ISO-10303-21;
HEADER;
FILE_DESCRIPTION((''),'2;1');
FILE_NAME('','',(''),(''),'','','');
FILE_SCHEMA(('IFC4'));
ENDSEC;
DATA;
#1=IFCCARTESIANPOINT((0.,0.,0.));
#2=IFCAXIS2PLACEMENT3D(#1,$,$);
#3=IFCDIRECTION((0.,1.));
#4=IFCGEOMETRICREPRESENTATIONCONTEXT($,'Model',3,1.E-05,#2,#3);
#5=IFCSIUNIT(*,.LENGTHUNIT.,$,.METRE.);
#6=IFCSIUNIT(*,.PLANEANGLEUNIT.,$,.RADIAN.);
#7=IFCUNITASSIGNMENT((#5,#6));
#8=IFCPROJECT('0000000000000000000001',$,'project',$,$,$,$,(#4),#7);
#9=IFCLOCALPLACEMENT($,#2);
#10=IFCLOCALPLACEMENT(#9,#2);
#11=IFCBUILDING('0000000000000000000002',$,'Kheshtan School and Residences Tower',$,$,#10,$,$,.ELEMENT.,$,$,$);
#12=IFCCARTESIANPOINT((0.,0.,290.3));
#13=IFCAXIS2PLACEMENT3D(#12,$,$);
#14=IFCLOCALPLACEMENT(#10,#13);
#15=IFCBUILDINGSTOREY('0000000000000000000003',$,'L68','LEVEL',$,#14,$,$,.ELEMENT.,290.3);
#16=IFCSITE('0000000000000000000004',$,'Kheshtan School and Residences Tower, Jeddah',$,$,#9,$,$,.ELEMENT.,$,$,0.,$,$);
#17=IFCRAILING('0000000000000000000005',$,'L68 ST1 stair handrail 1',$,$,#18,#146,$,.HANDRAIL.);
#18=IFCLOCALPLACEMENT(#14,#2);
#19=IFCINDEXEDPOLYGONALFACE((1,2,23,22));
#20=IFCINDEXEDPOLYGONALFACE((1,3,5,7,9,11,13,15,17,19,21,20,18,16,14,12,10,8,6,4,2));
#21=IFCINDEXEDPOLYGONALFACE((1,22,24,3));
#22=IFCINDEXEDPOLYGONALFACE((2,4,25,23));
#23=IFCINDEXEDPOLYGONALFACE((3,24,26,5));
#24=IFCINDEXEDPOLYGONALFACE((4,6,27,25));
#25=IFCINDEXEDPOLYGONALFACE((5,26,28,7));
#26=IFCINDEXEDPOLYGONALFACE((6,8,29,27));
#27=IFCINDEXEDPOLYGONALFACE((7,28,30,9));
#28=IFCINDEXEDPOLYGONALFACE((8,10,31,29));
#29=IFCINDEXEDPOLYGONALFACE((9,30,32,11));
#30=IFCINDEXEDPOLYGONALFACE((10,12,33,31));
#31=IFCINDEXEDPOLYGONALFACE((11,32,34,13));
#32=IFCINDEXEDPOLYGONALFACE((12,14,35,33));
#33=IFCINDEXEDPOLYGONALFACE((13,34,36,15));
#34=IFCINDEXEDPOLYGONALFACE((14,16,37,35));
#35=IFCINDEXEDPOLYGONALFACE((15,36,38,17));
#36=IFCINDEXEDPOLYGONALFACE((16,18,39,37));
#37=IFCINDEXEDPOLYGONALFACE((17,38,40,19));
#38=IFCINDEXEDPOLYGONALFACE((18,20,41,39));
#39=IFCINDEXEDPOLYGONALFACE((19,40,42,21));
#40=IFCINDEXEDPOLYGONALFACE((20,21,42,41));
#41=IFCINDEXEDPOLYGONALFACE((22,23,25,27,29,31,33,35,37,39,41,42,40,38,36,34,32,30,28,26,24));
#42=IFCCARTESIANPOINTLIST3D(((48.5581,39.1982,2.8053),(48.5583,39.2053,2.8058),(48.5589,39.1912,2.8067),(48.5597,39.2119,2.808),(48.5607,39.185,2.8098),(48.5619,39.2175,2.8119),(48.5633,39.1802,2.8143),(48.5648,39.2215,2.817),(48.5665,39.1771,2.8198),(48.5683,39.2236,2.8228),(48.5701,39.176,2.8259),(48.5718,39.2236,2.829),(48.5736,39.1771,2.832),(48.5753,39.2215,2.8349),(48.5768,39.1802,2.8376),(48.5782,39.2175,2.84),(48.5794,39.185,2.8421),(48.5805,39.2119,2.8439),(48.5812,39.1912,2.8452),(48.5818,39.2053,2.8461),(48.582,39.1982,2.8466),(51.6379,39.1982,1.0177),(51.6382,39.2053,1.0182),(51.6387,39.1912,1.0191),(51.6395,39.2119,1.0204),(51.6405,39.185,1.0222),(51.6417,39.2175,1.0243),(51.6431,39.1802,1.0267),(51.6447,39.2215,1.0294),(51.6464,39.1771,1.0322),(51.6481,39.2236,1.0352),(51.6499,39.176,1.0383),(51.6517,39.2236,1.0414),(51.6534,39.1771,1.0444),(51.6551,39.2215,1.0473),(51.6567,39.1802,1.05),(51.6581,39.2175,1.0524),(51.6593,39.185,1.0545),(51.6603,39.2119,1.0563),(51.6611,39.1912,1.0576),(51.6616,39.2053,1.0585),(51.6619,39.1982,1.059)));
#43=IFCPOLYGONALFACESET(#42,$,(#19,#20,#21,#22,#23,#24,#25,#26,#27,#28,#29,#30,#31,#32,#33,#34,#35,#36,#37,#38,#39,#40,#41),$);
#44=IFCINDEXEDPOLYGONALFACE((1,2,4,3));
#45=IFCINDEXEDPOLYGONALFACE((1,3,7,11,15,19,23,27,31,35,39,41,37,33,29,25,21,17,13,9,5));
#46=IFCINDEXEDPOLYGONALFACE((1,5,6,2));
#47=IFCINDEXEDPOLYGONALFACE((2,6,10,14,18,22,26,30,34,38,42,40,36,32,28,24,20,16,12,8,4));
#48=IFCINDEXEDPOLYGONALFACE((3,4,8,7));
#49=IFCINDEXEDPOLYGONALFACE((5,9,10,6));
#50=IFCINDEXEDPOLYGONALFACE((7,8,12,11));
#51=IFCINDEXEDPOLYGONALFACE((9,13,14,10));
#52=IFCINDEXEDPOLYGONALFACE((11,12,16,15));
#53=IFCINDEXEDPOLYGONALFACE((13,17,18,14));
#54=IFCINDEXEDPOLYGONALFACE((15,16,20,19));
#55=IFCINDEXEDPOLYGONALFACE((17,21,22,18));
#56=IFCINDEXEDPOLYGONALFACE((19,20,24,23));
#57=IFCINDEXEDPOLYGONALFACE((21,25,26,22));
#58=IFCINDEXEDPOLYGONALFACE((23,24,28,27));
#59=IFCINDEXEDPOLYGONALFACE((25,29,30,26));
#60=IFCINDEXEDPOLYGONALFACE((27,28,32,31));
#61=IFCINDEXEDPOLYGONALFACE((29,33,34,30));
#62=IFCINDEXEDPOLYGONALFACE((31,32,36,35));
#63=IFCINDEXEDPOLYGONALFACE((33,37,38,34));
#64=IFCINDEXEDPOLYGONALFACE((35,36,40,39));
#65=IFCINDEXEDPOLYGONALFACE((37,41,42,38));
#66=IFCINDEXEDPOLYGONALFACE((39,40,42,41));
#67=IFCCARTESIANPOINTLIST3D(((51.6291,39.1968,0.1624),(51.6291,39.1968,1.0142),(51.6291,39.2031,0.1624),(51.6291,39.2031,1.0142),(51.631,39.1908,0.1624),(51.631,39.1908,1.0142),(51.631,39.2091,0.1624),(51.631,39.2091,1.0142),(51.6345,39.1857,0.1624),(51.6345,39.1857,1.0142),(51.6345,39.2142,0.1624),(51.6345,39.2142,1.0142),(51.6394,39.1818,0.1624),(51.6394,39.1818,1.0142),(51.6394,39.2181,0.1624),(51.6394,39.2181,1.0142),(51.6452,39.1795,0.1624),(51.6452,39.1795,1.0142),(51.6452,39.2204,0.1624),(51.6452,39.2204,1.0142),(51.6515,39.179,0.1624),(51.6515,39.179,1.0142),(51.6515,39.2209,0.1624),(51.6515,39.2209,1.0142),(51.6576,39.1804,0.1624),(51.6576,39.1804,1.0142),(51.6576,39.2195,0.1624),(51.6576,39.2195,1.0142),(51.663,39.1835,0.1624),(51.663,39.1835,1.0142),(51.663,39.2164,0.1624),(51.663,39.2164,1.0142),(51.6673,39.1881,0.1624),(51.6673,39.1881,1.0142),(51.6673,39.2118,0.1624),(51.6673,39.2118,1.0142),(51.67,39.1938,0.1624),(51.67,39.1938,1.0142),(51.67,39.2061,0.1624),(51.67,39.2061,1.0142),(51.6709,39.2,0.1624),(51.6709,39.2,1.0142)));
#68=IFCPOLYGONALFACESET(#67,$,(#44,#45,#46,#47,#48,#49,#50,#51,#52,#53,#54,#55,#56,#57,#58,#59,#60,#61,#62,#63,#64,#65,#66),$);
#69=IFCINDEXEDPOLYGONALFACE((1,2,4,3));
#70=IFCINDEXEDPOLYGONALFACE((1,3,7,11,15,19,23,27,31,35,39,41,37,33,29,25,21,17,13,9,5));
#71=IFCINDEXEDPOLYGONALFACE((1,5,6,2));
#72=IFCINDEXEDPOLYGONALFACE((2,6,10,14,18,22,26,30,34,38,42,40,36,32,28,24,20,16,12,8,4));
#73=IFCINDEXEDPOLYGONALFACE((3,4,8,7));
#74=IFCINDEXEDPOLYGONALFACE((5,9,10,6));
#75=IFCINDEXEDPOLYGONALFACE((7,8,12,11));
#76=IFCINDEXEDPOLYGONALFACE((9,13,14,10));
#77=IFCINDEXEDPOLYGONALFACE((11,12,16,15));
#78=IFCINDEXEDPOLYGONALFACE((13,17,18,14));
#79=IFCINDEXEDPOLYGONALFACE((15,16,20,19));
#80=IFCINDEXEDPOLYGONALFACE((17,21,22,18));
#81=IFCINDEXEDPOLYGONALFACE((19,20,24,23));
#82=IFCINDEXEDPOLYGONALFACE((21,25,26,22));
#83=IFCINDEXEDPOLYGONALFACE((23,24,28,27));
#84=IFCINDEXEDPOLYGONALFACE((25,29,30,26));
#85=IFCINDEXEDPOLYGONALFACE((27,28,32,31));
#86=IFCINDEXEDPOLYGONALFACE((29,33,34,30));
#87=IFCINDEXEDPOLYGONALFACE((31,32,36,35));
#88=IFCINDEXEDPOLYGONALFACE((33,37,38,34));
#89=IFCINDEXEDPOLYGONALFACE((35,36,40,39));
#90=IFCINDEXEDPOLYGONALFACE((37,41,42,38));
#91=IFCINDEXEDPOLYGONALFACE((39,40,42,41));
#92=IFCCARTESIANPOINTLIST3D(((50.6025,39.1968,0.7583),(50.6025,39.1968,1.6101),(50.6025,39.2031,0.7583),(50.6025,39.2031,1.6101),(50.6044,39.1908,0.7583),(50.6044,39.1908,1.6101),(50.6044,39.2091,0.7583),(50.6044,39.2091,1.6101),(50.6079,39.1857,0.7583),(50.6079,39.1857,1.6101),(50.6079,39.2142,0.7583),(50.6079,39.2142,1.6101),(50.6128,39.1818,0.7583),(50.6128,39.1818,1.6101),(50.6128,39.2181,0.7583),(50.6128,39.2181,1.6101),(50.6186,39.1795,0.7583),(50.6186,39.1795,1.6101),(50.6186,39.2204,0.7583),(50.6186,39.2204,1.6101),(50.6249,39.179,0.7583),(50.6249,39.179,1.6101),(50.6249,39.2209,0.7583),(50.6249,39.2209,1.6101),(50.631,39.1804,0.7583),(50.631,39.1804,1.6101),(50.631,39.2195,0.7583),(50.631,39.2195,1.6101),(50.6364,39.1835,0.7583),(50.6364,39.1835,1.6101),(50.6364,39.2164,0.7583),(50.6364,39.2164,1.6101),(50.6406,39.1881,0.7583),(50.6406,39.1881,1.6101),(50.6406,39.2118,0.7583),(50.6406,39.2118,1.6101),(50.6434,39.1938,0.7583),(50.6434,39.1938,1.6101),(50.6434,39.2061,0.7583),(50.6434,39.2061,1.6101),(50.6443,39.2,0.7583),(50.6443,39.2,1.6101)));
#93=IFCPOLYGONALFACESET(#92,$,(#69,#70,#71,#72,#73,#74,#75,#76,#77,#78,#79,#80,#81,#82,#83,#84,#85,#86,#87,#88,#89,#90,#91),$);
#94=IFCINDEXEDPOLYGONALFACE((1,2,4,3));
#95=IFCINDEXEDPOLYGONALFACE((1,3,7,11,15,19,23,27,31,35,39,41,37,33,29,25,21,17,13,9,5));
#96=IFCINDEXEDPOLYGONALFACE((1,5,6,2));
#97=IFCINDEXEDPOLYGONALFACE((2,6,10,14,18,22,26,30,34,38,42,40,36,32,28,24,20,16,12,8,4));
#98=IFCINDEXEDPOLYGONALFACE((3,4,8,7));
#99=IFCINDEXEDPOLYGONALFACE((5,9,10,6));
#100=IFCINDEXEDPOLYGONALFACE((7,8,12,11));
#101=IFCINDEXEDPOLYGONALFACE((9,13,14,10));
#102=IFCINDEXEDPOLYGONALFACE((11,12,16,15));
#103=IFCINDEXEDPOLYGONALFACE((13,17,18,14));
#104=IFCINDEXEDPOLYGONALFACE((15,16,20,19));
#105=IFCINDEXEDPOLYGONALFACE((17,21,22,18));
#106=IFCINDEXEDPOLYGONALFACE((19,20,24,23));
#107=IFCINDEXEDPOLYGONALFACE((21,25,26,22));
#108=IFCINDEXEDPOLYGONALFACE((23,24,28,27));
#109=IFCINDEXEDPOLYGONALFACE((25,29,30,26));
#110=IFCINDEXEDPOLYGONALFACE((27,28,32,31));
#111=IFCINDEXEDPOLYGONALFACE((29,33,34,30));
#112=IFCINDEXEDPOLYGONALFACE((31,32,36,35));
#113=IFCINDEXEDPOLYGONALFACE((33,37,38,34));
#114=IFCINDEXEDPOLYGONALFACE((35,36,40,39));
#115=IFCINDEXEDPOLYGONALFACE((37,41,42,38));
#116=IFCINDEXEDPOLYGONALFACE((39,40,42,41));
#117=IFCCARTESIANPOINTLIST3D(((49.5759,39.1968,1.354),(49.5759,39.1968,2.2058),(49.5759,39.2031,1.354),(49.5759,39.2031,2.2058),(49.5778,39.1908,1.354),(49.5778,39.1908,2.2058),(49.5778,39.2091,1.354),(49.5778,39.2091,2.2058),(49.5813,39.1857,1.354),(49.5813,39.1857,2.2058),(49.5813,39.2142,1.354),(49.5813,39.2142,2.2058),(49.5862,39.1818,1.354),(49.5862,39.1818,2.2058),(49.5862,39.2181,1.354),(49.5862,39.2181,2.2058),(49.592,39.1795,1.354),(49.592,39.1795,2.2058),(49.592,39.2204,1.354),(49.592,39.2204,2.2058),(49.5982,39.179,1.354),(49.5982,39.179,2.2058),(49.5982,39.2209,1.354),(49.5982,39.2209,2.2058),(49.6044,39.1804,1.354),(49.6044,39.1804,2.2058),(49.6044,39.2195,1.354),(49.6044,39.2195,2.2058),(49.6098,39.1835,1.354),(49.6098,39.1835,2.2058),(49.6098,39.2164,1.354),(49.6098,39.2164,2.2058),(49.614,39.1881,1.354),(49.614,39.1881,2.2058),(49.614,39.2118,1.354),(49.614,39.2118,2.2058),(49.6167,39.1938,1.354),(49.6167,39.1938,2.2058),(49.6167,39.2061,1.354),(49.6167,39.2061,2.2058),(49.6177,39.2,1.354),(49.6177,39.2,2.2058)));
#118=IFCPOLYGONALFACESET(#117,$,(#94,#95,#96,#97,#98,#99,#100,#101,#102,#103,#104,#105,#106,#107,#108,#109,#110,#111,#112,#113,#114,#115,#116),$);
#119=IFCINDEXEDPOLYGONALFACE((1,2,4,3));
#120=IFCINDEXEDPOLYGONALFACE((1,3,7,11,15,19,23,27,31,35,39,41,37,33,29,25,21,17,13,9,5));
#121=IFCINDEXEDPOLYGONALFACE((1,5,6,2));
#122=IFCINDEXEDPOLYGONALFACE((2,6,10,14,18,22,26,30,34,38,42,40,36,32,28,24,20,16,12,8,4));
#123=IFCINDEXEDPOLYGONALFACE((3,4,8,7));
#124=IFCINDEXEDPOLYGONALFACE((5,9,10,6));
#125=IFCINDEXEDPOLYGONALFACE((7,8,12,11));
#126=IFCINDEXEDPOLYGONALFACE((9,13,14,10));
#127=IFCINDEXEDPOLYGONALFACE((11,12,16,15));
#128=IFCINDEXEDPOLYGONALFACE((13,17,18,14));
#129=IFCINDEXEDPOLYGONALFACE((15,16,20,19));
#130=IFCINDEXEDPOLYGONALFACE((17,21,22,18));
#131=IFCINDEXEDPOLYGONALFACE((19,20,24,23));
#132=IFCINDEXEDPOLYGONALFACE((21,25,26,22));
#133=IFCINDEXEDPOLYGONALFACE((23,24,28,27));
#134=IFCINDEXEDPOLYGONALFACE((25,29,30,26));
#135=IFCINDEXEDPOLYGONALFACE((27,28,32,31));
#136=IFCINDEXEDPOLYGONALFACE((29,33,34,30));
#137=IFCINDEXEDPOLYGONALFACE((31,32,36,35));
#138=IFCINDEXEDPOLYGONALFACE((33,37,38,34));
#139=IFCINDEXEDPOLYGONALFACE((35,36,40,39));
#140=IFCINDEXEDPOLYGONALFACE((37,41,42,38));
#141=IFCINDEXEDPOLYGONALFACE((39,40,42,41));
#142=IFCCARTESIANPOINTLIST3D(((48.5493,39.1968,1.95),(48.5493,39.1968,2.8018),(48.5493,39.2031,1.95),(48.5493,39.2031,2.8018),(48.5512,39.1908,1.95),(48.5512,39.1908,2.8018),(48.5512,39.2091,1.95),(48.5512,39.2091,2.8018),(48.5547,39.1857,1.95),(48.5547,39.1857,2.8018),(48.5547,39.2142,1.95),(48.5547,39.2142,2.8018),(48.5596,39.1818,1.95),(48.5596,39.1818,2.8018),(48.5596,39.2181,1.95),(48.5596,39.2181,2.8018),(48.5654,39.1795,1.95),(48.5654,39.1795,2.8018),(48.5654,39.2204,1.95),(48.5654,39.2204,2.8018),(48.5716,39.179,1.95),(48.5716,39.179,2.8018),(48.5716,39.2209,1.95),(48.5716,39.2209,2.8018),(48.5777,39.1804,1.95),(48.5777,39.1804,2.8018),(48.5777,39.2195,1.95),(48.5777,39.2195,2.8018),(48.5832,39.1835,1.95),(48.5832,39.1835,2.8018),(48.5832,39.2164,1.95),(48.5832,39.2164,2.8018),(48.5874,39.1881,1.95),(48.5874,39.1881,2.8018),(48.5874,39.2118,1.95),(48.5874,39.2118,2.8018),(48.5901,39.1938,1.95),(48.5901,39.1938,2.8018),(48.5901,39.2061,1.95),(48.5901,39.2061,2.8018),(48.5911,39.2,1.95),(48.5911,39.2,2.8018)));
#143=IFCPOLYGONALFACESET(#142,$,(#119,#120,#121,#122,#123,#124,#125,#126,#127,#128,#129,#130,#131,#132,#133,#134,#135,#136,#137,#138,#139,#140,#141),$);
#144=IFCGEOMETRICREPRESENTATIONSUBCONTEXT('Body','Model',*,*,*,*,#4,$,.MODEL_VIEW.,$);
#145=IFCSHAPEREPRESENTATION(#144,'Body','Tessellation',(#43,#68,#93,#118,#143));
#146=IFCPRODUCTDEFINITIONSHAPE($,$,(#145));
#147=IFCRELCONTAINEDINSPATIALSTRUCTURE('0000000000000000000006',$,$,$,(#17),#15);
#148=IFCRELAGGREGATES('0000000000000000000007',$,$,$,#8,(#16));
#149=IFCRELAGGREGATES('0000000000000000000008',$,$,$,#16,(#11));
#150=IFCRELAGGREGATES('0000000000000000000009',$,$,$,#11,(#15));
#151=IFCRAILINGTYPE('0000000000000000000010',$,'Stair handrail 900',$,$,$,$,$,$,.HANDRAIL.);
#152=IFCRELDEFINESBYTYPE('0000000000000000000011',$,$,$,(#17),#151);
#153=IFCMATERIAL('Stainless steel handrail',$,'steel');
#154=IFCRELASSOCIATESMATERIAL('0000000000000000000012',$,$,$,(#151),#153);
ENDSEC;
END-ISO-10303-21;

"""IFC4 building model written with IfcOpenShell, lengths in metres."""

from ifc_helpers import new_model, si_unit, direction, frame, origin, origin_2d, place, context, subcontext, project, spatial, circle, extrude, material, type_object, element, save


model = new_model("IFC4")

# Units and contexts
model_context = context("Model", 3, precision=1e-05, world=origin(), true_north=direction((0.0, 1.0)))
body_context = subcontext(model_context, "Body", "Model", "MODEL_VIEW")
ifc_project = project(units=[si_unit("LENGTHUNIT", "METRE"), si_unit("PLANEANGLEUNIT", "RADIAN")], contexts=[model_context])

# Site, building, storey
site_placement = place(None, origin())
site = spatial("IfcSite", under=ifc_project, at=site_placement, Name="Kheshtan School and Residences Tower, Jeddah", CompositionType="ELEMENT", RefElevation=0.0)
building_placement = place(site_placement, origin())
building = spatial("IfcBuilding", under=site, at=building_placement, Name="Kheshtan School and Residences Tower", CompositionType="ELEMENT")
storey_placement = place(building_placement, frame((0.0, 0.0, 290.3)))
storey = spatial("IfcBuildingStorey", under=building, at=storey_placement, Name="L68", Description="LEVEL", CompositionType="ELEMENT", Elevation=290.3)

# Railing
ifc_material_1 = material(Name="Stainless steel handrail", Category="steel")
railing_type_1 = type_object("IfcRailingType", Name="Stair handrail 900", PredefinedType="HANDRAIL", material=ifc_material_1)
railing_1_placement = place(storey_placement, frame((51.6499, 39.2, 0.1624)))
element("IfcRailing", 1, at=railing_1_placement, inside=storey, type_object=railing_type_1, Name="L68 ST1 stair handrail 1", PredefinedType="HANDRAIL", context=body_context, shape_type="SweptSolid", body=[
    extrude(circle(Radius=0.0239, at=origin_2d()), frame((0.0, 0.0, 0.876), z_axis=(-0.864873, 0.0, 0.50199), x_axis=(0.0, -1.0, 0.0)), (0.0, 0.0, 1.0), 3.561),
    extrude(circle(Radius=0.021, at=origin_2d()), origin(), (0.0, 0.0, 1.0), 0.8518),
    extrude(circle(Radius=0.021, at=origin_2d()), frame((-1.0266, 0.0, 0.5959)), (0.0, 0.0, 1.0), 0.8518),
    extrude(circle(Radius=0.021, at=origin_2d()), frame((-2.0532, 0.0, 1.1917)), (0.0, 0.0, 1.0), 0.8518),
    extrude(circle(Radius=0.021, at=origin_2d()), frame((-3.0798, 0.0, 1.7876)), (0.0, 0.0, 1.0), 0.8518),
])

save(model, "model.ifc")
